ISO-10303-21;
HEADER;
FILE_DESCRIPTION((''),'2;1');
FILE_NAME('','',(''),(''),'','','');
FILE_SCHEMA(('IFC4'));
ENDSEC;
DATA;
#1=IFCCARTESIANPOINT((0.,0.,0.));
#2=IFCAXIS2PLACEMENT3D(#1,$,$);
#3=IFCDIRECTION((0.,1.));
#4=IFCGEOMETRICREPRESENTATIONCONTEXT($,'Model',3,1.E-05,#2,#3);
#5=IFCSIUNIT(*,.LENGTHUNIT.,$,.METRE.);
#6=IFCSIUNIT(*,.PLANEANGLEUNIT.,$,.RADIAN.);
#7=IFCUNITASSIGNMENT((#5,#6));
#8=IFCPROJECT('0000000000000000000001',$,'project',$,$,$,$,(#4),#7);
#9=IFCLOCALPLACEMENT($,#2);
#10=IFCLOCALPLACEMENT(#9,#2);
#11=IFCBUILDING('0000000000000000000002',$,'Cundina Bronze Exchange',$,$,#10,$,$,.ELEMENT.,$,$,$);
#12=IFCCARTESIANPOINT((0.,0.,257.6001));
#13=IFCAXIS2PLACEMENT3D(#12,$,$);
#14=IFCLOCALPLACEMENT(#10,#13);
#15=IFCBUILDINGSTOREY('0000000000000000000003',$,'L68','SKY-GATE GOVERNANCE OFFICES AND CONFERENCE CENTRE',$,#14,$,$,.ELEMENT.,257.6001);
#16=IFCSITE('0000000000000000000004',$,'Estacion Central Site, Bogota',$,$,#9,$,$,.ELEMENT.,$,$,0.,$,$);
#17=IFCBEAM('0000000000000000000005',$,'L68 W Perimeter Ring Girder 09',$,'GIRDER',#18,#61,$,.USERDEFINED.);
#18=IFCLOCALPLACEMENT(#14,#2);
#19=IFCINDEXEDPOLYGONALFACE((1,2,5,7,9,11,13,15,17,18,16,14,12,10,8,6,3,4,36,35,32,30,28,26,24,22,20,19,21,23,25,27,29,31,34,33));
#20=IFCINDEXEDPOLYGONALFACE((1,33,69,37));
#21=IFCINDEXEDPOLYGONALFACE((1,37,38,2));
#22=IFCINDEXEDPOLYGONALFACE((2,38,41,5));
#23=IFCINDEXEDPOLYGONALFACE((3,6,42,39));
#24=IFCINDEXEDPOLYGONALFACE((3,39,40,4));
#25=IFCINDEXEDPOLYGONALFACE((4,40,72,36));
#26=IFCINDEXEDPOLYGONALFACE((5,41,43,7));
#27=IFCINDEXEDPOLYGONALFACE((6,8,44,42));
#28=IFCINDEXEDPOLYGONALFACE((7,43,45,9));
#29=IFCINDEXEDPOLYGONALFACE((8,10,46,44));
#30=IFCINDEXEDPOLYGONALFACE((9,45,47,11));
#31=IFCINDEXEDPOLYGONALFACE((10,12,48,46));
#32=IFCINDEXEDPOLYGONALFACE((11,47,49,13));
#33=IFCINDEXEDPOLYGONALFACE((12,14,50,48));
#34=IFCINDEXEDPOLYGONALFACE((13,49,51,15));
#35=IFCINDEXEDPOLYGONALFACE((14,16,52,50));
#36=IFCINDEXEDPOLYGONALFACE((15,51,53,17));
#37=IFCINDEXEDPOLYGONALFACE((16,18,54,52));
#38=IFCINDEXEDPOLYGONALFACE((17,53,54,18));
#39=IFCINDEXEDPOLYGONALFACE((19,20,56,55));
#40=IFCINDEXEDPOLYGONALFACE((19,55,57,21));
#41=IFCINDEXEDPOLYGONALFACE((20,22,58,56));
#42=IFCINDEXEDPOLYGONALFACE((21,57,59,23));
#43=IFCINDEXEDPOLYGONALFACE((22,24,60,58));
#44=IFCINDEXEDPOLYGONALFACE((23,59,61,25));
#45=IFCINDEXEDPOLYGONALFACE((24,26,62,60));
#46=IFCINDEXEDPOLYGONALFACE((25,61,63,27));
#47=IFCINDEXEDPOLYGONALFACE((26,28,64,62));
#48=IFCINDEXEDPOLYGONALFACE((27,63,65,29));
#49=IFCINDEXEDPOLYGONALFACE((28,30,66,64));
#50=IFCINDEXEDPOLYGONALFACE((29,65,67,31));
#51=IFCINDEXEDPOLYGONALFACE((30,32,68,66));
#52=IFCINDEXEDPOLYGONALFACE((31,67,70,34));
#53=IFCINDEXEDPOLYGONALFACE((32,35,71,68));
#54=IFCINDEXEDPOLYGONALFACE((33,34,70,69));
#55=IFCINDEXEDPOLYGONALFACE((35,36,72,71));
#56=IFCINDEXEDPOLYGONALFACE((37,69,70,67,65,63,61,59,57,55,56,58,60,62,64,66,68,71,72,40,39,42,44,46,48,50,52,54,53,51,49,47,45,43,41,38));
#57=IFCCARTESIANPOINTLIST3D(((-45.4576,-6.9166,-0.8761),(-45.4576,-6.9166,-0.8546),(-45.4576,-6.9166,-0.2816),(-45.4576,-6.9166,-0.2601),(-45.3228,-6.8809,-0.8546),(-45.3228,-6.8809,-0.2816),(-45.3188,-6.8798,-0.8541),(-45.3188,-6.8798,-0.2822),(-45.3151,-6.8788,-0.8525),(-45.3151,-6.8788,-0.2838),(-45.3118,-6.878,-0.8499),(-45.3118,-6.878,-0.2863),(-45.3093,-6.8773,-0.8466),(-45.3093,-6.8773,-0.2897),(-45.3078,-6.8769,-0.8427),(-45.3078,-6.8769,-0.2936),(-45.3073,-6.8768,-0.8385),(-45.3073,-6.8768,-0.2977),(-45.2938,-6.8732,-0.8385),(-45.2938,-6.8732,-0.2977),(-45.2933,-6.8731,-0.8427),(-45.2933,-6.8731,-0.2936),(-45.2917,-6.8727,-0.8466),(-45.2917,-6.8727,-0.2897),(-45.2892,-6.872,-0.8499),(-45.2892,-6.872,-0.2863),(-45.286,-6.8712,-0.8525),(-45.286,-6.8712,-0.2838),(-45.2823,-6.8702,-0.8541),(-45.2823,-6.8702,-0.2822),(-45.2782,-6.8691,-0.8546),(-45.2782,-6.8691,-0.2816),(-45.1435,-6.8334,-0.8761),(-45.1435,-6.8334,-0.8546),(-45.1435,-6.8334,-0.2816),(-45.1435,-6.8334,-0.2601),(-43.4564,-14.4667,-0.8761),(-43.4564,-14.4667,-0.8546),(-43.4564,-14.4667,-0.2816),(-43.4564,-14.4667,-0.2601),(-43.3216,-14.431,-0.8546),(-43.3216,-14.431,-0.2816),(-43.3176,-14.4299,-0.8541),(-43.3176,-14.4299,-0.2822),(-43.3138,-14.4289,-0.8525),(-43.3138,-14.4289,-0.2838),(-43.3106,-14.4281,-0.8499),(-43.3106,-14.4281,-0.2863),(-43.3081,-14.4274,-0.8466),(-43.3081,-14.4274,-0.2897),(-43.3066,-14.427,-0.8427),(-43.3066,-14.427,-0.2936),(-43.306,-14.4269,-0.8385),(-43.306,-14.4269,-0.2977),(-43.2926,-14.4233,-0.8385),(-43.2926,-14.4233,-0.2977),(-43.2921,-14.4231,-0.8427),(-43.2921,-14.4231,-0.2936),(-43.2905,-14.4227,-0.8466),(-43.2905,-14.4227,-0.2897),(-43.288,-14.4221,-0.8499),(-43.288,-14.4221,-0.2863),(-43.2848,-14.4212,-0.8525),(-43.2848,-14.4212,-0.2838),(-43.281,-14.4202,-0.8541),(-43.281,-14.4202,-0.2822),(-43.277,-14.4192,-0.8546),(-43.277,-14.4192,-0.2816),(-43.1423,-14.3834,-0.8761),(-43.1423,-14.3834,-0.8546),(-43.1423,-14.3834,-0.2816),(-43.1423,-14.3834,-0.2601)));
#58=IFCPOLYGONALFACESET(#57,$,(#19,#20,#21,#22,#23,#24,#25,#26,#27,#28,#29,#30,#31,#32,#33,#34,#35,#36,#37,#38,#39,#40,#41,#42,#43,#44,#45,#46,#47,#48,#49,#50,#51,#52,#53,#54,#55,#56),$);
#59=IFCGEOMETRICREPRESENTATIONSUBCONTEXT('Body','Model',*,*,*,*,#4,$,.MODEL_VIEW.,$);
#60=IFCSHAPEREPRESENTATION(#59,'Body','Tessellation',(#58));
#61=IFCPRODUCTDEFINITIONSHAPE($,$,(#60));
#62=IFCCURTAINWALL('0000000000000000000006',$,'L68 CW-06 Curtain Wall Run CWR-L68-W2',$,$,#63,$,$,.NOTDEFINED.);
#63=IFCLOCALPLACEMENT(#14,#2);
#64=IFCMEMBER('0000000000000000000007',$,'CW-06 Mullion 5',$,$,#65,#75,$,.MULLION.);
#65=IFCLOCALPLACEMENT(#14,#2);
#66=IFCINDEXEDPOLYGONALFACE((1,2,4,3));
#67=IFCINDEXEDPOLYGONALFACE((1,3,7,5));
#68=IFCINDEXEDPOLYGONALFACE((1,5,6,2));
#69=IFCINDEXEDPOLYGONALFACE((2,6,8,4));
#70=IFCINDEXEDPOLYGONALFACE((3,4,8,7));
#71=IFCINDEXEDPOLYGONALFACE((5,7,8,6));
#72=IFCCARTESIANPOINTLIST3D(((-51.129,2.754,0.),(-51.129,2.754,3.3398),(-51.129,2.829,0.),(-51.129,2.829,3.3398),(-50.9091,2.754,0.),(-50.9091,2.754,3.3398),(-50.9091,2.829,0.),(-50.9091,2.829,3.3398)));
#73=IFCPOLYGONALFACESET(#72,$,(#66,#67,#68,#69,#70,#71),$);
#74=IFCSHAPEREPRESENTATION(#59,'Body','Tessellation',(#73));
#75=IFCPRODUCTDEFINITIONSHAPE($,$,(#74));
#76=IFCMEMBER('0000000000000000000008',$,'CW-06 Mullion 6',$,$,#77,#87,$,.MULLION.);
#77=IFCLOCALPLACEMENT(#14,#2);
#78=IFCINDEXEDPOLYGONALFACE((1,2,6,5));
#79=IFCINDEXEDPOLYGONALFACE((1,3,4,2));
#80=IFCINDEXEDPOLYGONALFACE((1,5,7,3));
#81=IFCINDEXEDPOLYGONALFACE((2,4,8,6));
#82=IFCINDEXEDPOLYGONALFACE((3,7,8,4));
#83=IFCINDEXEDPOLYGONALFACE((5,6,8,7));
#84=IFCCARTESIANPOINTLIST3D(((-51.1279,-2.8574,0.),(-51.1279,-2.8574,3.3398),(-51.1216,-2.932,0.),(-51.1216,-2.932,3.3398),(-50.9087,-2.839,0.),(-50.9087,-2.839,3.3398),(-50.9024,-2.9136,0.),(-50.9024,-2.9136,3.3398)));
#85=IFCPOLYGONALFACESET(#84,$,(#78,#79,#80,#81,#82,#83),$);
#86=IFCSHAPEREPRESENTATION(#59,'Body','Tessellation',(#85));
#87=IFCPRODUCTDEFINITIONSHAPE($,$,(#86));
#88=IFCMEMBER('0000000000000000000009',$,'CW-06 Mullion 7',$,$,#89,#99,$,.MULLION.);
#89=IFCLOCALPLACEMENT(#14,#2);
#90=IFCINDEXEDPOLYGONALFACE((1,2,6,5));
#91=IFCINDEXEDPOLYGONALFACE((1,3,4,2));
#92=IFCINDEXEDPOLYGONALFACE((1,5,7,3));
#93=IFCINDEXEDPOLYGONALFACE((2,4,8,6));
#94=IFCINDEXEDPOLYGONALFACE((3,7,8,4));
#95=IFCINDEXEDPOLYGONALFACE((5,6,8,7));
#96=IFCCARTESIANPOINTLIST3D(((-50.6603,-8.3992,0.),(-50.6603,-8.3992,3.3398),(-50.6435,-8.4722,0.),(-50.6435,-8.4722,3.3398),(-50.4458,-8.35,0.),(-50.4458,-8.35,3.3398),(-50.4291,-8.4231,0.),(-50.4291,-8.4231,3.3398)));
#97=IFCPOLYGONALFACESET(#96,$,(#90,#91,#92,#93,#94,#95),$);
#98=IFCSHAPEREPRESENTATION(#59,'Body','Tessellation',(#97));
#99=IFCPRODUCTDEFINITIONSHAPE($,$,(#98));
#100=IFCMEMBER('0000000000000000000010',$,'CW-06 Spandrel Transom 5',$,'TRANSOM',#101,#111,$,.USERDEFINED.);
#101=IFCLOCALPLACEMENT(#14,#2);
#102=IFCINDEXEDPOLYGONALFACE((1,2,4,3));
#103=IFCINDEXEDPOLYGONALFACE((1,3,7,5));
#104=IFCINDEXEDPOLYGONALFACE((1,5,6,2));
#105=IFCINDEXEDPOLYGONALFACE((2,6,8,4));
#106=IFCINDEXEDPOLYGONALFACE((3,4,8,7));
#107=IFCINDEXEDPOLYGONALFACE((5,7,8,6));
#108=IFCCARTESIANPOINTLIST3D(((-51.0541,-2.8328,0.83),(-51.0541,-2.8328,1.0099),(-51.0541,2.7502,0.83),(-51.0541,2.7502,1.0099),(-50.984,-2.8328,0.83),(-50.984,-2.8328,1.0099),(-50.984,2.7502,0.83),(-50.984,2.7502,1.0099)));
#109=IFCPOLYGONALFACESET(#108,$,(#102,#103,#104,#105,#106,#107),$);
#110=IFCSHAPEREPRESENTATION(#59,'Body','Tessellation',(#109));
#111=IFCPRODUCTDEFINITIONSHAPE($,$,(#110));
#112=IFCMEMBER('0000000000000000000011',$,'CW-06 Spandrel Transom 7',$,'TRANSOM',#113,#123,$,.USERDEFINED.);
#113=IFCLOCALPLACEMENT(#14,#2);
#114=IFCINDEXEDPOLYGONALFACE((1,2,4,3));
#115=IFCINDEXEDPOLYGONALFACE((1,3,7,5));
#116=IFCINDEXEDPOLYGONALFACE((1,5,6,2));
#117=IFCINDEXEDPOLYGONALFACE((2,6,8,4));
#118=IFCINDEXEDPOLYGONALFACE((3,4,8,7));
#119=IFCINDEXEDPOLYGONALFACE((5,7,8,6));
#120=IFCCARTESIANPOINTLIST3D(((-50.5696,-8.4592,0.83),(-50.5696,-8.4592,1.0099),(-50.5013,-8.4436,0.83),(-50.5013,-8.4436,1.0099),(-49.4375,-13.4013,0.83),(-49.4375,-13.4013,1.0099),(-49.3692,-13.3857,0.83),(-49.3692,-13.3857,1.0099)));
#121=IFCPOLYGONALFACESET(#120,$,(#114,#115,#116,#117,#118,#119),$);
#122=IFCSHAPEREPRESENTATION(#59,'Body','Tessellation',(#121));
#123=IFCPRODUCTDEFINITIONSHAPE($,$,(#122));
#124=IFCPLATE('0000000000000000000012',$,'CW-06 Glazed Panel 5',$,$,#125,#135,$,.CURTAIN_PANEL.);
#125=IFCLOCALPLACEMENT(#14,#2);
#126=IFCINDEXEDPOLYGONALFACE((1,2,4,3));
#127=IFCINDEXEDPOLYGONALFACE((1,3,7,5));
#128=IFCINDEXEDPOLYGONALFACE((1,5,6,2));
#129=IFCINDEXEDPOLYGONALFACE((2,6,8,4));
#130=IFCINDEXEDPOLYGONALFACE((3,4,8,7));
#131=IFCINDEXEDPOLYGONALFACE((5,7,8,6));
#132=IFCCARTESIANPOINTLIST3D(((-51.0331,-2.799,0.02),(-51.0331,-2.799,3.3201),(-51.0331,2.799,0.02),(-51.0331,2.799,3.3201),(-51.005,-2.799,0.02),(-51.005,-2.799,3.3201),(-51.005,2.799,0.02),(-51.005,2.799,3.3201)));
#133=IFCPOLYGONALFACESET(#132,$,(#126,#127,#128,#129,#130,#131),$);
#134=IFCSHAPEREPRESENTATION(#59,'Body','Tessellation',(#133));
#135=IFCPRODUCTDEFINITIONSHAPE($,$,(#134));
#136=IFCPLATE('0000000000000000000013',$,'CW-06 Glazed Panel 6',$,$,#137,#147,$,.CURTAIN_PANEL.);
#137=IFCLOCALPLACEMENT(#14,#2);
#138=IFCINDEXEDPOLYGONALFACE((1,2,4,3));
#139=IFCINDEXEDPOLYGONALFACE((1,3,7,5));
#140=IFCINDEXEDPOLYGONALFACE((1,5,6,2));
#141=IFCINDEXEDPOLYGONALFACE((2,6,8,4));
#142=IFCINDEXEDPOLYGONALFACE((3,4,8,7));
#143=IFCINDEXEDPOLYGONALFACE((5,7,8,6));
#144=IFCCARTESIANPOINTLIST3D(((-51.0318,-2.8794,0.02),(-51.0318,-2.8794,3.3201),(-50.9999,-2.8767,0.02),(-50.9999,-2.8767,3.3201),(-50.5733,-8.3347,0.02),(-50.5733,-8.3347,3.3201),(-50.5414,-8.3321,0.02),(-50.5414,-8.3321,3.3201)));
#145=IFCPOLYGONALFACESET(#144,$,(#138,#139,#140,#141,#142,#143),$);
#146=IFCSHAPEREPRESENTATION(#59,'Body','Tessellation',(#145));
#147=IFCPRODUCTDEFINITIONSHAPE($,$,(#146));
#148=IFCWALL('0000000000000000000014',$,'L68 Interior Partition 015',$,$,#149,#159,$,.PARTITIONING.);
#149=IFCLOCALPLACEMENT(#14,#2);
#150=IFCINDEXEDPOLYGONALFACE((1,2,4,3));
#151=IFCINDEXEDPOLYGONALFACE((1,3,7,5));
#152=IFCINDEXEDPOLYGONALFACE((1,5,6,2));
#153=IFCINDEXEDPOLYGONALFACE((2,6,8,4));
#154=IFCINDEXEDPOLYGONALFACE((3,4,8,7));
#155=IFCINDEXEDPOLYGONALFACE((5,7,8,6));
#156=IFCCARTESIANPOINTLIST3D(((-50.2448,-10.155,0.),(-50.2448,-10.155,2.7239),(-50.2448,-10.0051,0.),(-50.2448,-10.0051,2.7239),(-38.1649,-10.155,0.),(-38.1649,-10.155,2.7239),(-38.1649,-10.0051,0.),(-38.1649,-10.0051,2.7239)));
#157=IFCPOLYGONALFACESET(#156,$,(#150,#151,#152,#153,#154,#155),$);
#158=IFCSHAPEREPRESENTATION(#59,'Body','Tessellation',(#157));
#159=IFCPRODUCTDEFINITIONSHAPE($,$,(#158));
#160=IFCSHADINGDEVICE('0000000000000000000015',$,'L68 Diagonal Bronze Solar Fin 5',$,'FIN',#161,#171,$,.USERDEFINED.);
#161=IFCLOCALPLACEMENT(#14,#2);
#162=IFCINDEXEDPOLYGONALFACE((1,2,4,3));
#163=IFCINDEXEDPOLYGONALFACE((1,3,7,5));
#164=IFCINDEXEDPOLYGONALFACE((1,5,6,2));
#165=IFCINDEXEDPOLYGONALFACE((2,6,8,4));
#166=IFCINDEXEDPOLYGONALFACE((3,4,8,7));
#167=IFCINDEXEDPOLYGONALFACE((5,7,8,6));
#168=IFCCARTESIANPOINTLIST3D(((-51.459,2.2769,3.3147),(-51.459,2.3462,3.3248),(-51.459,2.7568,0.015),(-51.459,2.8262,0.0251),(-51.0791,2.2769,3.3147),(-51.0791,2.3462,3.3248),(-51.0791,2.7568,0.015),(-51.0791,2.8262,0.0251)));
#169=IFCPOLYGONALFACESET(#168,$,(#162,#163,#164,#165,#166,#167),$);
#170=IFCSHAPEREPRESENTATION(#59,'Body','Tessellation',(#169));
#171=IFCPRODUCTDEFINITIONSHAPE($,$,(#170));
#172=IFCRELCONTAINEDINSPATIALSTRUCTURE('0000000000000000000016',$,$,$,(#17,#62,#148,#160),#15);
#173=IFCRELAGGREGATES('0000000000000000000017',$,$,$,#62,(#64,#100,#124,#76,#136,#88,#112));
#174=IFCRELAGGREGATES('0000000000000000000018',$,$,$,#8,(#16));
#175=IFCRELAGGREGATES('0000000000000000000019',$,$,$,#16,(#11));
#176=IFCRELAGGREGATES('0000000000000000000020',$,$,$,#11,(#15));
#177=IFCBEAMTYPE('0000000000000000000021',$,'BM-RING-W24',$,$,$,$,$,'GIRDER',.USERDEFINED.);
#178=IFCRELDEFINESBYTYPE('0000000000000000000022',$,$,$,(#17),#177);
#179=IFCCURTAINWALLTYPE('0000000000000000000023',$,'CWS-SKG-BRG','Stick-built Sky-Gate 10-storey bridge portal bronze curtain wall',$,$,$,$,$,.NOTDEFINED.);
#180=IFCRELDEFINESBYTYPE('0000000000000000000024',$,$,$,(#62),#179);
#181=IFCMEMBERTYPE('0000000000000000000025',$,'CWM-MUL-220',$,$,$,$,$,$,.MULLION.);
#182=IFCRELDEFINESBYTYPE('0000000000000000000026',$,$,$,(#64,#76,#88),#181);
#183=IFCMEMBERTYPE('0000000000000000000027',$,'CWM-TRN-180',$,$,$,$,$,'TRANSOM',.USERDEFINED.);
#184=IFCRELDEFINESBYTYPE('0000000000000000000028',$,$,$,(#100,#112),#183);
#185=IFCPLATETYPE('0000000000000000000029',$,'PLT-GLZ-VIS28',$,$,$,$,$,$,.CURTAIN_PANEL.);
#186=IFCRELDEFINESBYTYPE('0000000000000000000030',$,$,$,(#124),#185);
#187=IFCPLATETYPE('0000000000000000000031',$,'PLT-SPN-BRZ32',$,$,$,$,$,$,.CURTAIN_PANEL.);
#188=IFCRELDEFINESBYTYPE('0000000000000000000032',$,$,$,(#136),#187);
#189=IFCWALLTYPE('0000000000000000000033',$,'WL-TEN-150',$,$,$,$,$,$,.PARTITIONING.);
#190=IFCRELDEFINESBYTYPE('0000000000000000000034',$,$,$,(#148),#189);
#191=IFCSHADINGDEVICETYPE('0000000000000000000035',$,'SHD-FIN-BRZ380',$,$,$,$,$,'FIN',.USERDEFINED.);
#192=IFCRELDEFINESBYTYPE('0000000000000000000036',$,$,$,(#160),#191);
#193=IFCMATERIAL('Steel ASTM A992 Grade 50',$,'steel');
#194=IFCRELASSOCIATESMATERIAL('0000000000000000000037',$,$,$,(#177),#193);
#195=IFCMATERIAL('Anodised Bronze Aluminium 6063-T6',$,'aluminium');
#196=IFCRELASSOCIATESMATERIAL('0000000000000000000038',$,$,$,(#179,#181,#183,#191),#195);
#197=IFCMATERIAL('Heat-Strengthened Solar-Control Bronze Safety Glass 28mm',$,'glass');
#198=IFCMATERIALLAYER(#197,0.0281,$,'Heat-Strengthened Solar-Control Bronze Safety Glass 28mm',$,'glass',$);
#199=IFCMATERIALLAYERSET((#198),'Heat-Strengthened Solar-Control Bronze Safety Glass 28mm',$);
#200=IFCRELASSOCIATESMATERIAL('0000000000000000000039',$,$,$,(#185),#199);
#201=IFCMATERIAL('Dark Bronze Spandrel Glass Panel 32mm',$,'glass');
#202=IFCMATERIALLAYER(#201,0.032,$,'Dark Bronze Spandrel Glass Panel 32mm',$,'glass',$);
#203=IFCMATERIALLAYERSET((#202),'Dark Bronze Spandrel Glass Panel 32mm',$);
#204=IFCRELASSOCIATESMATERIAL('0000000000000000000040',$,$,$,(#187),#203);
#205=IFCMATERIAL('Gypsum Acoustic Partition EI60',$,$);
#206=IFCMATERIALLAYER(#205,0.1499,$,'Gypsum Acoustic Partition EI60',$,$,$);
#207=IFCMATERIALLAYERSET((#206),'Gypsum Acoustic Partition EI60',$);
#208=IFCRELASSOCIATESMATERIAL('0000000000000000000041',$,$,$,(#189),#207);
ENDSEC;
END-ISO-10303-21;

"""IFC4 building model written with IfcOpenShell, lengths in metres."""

from ifc_helpers import new_model, si_unit, direction, frame, frame_2d, origin, origin_2d, place, context, subcontext, project, spatial, rectangle, i_section, extrude, material, layer, layer_set, material_profile, profile_set, type_object, element, aggregate, save


model = new_model("IFC4")

# Units and contexts
model_context = context("Model", 3, precision=1e-05, world=origin(), true_north=direction((0.0, 1.0)))
body_context = subcontext(model_context, "Body", "Model", "MODEL_VIEW")
ifc_project = project(units=[si_unit("LENGTHUNIT", "METRE"), si_unit("PLANEANGLEUNIT", "RADIAN")], contexts=[model_context])

# Site, building, storey
site_placement = place(None, origin())
site = spatial("IfcSite", under=ifc_project, at=site_placement, Name="Estacion Central Site, Bogota", CompositionType="ELEMENT", RefElevation=0.0)
building_placement = place(site_placement, origin())
building = spatial("IfcBuilding", under=site, at=building_placement, Name="Cundina Bronze Exchange", CompositionType="ELEMENT")
storey_placement = place(building_placement, frame((0.0, 0.0, 257.6001)))
storey = spatial("IfcBuildingStorey", under=building, at=storey_placement, Name="L68", Description="SKY-GATE GOVERNANCE OFFICES AND CONFERENCE CENTRE", CompositionType="ELEMENT", Elevation=257.6001)

# Beam
ifc_material_1 = material(Name="Steel ASTM A992 Grade 50", Category="steel")
ifc_material_profile_1 = material_profile(ifc_material_1, i_section(OverallWidth=0.325, OverallDepth=0.616, WebThickness=0.0139, FlangeThickness=0.0215, FilletRadius=0.0161, at=origin_2d()), Name="W24X117", Category="steel")
ifc_profile_set_1 = profile_set([ifc_material_profile_1], Name="Steel ASTM A992 Grade 50")
beam_type_1 = type_object("IfcBeamType", Name="BM-RING-W24", ElementType="GIRDER", PredefinedType="USERDEFINED", material=ifc_profile_set_1)
for number, where, z_axis, x_axis, name in (
    (1, (-45.3005, -6.875, -0.5681), (0.256213, -0.96662, 0.0), (0.96662, 0.256213, 0.0), "L68 W Perimeter Ring Girder 09"),
):
    element("IfcBeam", number, at=place(storey_placement, frame(where, z_axis=z_axis, x_axis=x_axis)), inside=storey, type_object=beam_type_1, Name=name, ObjectType="GIRDER", PredefinedType="USERDEFINED", context=body_context, shape_type="SweptSolid", body=[
        extrude(i_section(OverallWidth=0.325, OverallDepth=0.616, WebThickness=0.0139, FlangeThickness=0.0215, FilletRadius=0.0161, at=origin_2d()), origin(), (0.0, 0.0, 1.0), 7.8108),
    ])

# Curtain wall, members, plates
ifc_material_2 = material(Name="Anodised Bronze Aluminium 6063-T6", Category="aluminium")
curtain_wall_type = type_object("IfcCurtainWallType", Name="CWS-SKG-BRG", Description="Stick-built Sky-Gate 10-storey bridge portal bronze curtain wall", PredefinedType="NOTDEFINED", material=ifc_material_2)
curtain_wall_placement = place(storey_placement, origin())
curtain_wall = element("IfcCurtainWall", 2, at=curtain_wall_placement, inside=storey, type_object=curtain_wall_type, Name="L68 CW-06 Curtain Wall Run CWR-L68-W2", PredefinedType="NOTDEFINED")
ifc_material_profile_2 = material_profile(ifc_material_2, rectangle(XDim=0.075, YDim=0.22, at=origin_2d()), Name="AL75X220", Category="aluminium")
ifc_profile_set_2 = profile_set([ifc_material_profile_2], Name="Anodised Bronze Aluminium 6063-T6")
member_type_1 = type_object("IfcMemberType", Name="CWM-MUL-220", PredefinedType="MULLION", material=ifc_profile_set_2)
member_1_placement = place(storey_placement, frame((-51.019, 2.7915, 0.0), z_axis=(0.0, 0.0, 1.0), x_axis=(0.0, -1.0, 0.0)))
member_1 = element("IfcMember", 3, at=member_1_placement, type_object=member_type_1, Name="CW-06 Mullion 5", PredefinedType="MULLION", context=body_context, shape_type="SweptSolid", body=[
    extrude(rectangle(XDim=0.075, YDim=0.22, at=origin_2d()), origin(), (0.0, 0.0, 1.0), 3.3398),
])
member_2_placement = place(storey_placement, frame((-51.0151, -2.8855, 0.0), z_axis=(0.0, 0.0, 1.0), x_axis=(0.083678, -0.996493, 0.0)))
member_2 = element("IfcMember", 4, at=member_2_placement, type_object=member_type_1, Name="CW-06 Mullion 6", PredefinedType="MULLION", context=body_context, shape_type="SweptSolid", body=[
    extrude(rectangle(XDim=0.075, YDim=0.22, at=origin_2d()), origin(), (0.0, 0.0, 1.0), 3.3398),
])
member_3_placement = place(storey_placement, frame((-50.5447, -8.4111, 0.0), z_axis=(0.0, 0.0, 1.0), x_axis=(0.22325, -0.974761, 0.0)))
member_3 = element("IfcMember", 5, at=member_3_placement, type_object=member_type_1, Name="CW-06 Mullion 7", PredefinedType="MULLION", context=body_context, shape_type="SweptSolid", body=[
    extrude(rectangle(XDim=0.075, YDim=0.22, at=origin_2d()), origin(), (0.0, 0.0, 1.0), 3.3398),
])
ifc_material_profile_3 = material_profile(ifc_material_2, rectangle(XDim=0.0701, YDim=0.1799, at=origin_2d()), Name="AL70X180", Category="aluminium")
ifc_profile_set_3 = profile_set([ifc_material_profile_3], Name="Anodised Bronze Aluminium 6063-T6")
member_type_2 = type_object("IfcMemberType", Name="CWM-TRN-180", ElementType="TRANSOM", PredefinedType="USERDEFINED", material=ifc_profile_set_3)
member_4_placement = place(storey_placement, frame((-51.019, 2.7502, 0.9199), z_axis=(0.0, -1.0, 0.0), x_axis=(1.0, 0.0, 0.0)))
member_4 = element("IfcMember", 6, at=member_4_placement, type_object=member_type_2, Name="CW-06 Spandrel Transom 5", ObjectType="TRANSOM", PredefinedType="USERDEFINED", context=body_context, shape_type="SweptSolid", body=[
    extrude(rectangle(XDim=0.0701, YDim=0.1799, at=origin_2d()), origin(), (0.0, 0.0, 1.0), 5.583),
])
member_5_placement = place(storey_placement, frame((-50.5354, -8.4514, 0.9199), z_axis=(0.223284, -0.974754, 0.0), x_axis=(0.974754, 0.223284, 0.0)))
member_5 = element("IfcMember", 7, at=member_5_placement, type_object=member_type_2, Name="CW-06 Spandrel Transom 7", ObjectType="TRANSOM", PredefinedType="USERDEFINED", context=body_context, shape_type="SweptSolid", body=[
    extrude(rectangle(XDim=0.0701, YDim=0.1799, at=origin_2d()), origin(), (0.0, 0.0, 1.0), 5.0701),
])
ifc_material_3 = material(Name="Heat-Strengthened Solar-Control Bronze Safety Glass 28mm", Category="glass")
ifc_layer_1 = layer(ifc_material_3, 0.0281, Name="Heat-Strengthened Solar-Control Bronze Safety Glass 28mm", Category="glass")
ifc_layer_set_1 = layer_set([ifc_layer_1], Name="Heat-Strengthened Solar-Control Bronze Safety Glass 28mm")
plate_type_1 = type_object("IfcPlateType", Name="PLT-GLZ-VIS28", PredefinedType="CURTAIN_PANEL", material=ifc_layer_set_1)
plate_1_placement = place(storey_placement, frame((-51.019, 0.0, 0.02), z_axis=(0.0, 0.0, 1.0), x_axis=(0.0, -1.0, 0.0)))
plate_1 = element("IfcPlate", 8, at=plate_1_placement, type_object=plate_type_1, Name="CW-06 Glazed Panel 5", PredefinedType="CURTAIN_PANEL", context=body_context, shape_type="SweptSolid", body=[
    extrude(rectangle(XDim=5.5979, YDim=0.0281, at=origin_2d()), origin(), (0.0, 0.0, 1.0), 3.3),
])
ifc_material_4 = material(Name="Dark Bronze Spandrel Glass Panel 32mm", Category="glass")
ifc_layer_2 = layer(ifc_material_4, 0.032, Name="Dark Bronze Spandrel Glass Panel 32mm", Category="glass")
ifc_layer_set_2 = layer_set([ifc_layer_2], Name="Dark Bronze Spandrel Glass Panel 32mm")
plate_type_2 = type_object("IfcPlateType", Name="PLT-SPN-BRZ32", PredefinedType="CURTAIN_PANEL", material=ifc_layer_set_2)
plate_2_placement = place(storey_placement, frame((-50.7866, -5.6057, 0.02), z_axis=(0.0, 0.0, 1.0), x_axis=(0.083747, -0.996487, 0.0)))
plate_2 = element("IfcPlate", 9, at=plate_2_placement, type_object=plate_type_2, Name="CW-06 Glazed Panel 6", PredefinedType="CURTAIN_PANEL", context=body_context, shape_type="SweptSolid", body=[
    extrude(rectangle(XDim=5.4746, YDim=0.032, at=origin_2d()), origin(), (0.0, 0.0, 1.0), 3.3),
])
aggregate(curtain_wall, [member_1, member_4, plate_1, member_2, plate_2, member_3, member_5])

# Wall
ifc_material_5 = material(Name="Gypsum Acoustic Partition EI60")
ifc_layer_3 = layer(ifc_material_5, 0.1499, Name="Gypsum Acoustic Partition EI60")
ifc_layer_set_3 = layer_set([ifc_layer_3], Name="Gypsum Acoustic Partition EI60")
wall_type = type_object("IfcWallType", Name="WL-TEN-150", PredefinedType="PARTITIONING", material=ifc_layer_set_3)
wall_placement = place(storey_placement, frame((-50.2449, -10.0801, 0.0), z_axis=(0.0, 0.0, 1.0), x_axis=(1.0, 0.0, 0.0)))
element("IfcWall", 10, at=wall_placement, inside=storey, type_object=wall_type, Name="L68 Interior Partition 015", PredefinedType="PARTITIONING", context=body_context, shape_type="SweptSolid", body=[
    extrude(rectangle(XDim=12.0798, YDim=0.1499, at=frame_2d((6.04, 0.0))), origin(), (0.0, 0.0, 1.0), 2.7239),
])

# Shading device
ifc_material_profile_4 = material_profile(ifc_material_2, rectangle(XDim=0.0701, YDim=0.3799, at=origin_2d()), Name="FIN70X380", Category="aluminium")
ifc_profile_set_4 = profile_set([ifc_material_profile_4], Name="Anodised Bronze Aluminium 6063-T6")
shading_device_type = type_object("IfcShadingDeviceType", Name="SHD-FIN-BRZ380", ElementType="FIN", PredefinedType="USERDEFINED", material=ifc_profile_set_4)
shading_device_placement = place(storey_placement, frame((-51.269, 2.7915, 0.02), z_axis=(0.0, -0.143942, 0.989586), x_axis=(0.0, 0.989586, 0.143942)))
element("IfcShadingDevice", 11, at=shading_device_placement, inside=storey, type_object=shading_device_type, Name="L68 Diagonal Bronze Solar Fin 5", ObjectType="FIN", PredefinedType="USERDEFINED", context=body_context, shape_type="SweptSolid", body=[
    extrude(rectangle(XDim=0.0701, YDim=0.3799, at=origin_2d()), origin(), (0.0, 0.0, 1.0), 3.3345),
])

save(model, "model.ifc")
